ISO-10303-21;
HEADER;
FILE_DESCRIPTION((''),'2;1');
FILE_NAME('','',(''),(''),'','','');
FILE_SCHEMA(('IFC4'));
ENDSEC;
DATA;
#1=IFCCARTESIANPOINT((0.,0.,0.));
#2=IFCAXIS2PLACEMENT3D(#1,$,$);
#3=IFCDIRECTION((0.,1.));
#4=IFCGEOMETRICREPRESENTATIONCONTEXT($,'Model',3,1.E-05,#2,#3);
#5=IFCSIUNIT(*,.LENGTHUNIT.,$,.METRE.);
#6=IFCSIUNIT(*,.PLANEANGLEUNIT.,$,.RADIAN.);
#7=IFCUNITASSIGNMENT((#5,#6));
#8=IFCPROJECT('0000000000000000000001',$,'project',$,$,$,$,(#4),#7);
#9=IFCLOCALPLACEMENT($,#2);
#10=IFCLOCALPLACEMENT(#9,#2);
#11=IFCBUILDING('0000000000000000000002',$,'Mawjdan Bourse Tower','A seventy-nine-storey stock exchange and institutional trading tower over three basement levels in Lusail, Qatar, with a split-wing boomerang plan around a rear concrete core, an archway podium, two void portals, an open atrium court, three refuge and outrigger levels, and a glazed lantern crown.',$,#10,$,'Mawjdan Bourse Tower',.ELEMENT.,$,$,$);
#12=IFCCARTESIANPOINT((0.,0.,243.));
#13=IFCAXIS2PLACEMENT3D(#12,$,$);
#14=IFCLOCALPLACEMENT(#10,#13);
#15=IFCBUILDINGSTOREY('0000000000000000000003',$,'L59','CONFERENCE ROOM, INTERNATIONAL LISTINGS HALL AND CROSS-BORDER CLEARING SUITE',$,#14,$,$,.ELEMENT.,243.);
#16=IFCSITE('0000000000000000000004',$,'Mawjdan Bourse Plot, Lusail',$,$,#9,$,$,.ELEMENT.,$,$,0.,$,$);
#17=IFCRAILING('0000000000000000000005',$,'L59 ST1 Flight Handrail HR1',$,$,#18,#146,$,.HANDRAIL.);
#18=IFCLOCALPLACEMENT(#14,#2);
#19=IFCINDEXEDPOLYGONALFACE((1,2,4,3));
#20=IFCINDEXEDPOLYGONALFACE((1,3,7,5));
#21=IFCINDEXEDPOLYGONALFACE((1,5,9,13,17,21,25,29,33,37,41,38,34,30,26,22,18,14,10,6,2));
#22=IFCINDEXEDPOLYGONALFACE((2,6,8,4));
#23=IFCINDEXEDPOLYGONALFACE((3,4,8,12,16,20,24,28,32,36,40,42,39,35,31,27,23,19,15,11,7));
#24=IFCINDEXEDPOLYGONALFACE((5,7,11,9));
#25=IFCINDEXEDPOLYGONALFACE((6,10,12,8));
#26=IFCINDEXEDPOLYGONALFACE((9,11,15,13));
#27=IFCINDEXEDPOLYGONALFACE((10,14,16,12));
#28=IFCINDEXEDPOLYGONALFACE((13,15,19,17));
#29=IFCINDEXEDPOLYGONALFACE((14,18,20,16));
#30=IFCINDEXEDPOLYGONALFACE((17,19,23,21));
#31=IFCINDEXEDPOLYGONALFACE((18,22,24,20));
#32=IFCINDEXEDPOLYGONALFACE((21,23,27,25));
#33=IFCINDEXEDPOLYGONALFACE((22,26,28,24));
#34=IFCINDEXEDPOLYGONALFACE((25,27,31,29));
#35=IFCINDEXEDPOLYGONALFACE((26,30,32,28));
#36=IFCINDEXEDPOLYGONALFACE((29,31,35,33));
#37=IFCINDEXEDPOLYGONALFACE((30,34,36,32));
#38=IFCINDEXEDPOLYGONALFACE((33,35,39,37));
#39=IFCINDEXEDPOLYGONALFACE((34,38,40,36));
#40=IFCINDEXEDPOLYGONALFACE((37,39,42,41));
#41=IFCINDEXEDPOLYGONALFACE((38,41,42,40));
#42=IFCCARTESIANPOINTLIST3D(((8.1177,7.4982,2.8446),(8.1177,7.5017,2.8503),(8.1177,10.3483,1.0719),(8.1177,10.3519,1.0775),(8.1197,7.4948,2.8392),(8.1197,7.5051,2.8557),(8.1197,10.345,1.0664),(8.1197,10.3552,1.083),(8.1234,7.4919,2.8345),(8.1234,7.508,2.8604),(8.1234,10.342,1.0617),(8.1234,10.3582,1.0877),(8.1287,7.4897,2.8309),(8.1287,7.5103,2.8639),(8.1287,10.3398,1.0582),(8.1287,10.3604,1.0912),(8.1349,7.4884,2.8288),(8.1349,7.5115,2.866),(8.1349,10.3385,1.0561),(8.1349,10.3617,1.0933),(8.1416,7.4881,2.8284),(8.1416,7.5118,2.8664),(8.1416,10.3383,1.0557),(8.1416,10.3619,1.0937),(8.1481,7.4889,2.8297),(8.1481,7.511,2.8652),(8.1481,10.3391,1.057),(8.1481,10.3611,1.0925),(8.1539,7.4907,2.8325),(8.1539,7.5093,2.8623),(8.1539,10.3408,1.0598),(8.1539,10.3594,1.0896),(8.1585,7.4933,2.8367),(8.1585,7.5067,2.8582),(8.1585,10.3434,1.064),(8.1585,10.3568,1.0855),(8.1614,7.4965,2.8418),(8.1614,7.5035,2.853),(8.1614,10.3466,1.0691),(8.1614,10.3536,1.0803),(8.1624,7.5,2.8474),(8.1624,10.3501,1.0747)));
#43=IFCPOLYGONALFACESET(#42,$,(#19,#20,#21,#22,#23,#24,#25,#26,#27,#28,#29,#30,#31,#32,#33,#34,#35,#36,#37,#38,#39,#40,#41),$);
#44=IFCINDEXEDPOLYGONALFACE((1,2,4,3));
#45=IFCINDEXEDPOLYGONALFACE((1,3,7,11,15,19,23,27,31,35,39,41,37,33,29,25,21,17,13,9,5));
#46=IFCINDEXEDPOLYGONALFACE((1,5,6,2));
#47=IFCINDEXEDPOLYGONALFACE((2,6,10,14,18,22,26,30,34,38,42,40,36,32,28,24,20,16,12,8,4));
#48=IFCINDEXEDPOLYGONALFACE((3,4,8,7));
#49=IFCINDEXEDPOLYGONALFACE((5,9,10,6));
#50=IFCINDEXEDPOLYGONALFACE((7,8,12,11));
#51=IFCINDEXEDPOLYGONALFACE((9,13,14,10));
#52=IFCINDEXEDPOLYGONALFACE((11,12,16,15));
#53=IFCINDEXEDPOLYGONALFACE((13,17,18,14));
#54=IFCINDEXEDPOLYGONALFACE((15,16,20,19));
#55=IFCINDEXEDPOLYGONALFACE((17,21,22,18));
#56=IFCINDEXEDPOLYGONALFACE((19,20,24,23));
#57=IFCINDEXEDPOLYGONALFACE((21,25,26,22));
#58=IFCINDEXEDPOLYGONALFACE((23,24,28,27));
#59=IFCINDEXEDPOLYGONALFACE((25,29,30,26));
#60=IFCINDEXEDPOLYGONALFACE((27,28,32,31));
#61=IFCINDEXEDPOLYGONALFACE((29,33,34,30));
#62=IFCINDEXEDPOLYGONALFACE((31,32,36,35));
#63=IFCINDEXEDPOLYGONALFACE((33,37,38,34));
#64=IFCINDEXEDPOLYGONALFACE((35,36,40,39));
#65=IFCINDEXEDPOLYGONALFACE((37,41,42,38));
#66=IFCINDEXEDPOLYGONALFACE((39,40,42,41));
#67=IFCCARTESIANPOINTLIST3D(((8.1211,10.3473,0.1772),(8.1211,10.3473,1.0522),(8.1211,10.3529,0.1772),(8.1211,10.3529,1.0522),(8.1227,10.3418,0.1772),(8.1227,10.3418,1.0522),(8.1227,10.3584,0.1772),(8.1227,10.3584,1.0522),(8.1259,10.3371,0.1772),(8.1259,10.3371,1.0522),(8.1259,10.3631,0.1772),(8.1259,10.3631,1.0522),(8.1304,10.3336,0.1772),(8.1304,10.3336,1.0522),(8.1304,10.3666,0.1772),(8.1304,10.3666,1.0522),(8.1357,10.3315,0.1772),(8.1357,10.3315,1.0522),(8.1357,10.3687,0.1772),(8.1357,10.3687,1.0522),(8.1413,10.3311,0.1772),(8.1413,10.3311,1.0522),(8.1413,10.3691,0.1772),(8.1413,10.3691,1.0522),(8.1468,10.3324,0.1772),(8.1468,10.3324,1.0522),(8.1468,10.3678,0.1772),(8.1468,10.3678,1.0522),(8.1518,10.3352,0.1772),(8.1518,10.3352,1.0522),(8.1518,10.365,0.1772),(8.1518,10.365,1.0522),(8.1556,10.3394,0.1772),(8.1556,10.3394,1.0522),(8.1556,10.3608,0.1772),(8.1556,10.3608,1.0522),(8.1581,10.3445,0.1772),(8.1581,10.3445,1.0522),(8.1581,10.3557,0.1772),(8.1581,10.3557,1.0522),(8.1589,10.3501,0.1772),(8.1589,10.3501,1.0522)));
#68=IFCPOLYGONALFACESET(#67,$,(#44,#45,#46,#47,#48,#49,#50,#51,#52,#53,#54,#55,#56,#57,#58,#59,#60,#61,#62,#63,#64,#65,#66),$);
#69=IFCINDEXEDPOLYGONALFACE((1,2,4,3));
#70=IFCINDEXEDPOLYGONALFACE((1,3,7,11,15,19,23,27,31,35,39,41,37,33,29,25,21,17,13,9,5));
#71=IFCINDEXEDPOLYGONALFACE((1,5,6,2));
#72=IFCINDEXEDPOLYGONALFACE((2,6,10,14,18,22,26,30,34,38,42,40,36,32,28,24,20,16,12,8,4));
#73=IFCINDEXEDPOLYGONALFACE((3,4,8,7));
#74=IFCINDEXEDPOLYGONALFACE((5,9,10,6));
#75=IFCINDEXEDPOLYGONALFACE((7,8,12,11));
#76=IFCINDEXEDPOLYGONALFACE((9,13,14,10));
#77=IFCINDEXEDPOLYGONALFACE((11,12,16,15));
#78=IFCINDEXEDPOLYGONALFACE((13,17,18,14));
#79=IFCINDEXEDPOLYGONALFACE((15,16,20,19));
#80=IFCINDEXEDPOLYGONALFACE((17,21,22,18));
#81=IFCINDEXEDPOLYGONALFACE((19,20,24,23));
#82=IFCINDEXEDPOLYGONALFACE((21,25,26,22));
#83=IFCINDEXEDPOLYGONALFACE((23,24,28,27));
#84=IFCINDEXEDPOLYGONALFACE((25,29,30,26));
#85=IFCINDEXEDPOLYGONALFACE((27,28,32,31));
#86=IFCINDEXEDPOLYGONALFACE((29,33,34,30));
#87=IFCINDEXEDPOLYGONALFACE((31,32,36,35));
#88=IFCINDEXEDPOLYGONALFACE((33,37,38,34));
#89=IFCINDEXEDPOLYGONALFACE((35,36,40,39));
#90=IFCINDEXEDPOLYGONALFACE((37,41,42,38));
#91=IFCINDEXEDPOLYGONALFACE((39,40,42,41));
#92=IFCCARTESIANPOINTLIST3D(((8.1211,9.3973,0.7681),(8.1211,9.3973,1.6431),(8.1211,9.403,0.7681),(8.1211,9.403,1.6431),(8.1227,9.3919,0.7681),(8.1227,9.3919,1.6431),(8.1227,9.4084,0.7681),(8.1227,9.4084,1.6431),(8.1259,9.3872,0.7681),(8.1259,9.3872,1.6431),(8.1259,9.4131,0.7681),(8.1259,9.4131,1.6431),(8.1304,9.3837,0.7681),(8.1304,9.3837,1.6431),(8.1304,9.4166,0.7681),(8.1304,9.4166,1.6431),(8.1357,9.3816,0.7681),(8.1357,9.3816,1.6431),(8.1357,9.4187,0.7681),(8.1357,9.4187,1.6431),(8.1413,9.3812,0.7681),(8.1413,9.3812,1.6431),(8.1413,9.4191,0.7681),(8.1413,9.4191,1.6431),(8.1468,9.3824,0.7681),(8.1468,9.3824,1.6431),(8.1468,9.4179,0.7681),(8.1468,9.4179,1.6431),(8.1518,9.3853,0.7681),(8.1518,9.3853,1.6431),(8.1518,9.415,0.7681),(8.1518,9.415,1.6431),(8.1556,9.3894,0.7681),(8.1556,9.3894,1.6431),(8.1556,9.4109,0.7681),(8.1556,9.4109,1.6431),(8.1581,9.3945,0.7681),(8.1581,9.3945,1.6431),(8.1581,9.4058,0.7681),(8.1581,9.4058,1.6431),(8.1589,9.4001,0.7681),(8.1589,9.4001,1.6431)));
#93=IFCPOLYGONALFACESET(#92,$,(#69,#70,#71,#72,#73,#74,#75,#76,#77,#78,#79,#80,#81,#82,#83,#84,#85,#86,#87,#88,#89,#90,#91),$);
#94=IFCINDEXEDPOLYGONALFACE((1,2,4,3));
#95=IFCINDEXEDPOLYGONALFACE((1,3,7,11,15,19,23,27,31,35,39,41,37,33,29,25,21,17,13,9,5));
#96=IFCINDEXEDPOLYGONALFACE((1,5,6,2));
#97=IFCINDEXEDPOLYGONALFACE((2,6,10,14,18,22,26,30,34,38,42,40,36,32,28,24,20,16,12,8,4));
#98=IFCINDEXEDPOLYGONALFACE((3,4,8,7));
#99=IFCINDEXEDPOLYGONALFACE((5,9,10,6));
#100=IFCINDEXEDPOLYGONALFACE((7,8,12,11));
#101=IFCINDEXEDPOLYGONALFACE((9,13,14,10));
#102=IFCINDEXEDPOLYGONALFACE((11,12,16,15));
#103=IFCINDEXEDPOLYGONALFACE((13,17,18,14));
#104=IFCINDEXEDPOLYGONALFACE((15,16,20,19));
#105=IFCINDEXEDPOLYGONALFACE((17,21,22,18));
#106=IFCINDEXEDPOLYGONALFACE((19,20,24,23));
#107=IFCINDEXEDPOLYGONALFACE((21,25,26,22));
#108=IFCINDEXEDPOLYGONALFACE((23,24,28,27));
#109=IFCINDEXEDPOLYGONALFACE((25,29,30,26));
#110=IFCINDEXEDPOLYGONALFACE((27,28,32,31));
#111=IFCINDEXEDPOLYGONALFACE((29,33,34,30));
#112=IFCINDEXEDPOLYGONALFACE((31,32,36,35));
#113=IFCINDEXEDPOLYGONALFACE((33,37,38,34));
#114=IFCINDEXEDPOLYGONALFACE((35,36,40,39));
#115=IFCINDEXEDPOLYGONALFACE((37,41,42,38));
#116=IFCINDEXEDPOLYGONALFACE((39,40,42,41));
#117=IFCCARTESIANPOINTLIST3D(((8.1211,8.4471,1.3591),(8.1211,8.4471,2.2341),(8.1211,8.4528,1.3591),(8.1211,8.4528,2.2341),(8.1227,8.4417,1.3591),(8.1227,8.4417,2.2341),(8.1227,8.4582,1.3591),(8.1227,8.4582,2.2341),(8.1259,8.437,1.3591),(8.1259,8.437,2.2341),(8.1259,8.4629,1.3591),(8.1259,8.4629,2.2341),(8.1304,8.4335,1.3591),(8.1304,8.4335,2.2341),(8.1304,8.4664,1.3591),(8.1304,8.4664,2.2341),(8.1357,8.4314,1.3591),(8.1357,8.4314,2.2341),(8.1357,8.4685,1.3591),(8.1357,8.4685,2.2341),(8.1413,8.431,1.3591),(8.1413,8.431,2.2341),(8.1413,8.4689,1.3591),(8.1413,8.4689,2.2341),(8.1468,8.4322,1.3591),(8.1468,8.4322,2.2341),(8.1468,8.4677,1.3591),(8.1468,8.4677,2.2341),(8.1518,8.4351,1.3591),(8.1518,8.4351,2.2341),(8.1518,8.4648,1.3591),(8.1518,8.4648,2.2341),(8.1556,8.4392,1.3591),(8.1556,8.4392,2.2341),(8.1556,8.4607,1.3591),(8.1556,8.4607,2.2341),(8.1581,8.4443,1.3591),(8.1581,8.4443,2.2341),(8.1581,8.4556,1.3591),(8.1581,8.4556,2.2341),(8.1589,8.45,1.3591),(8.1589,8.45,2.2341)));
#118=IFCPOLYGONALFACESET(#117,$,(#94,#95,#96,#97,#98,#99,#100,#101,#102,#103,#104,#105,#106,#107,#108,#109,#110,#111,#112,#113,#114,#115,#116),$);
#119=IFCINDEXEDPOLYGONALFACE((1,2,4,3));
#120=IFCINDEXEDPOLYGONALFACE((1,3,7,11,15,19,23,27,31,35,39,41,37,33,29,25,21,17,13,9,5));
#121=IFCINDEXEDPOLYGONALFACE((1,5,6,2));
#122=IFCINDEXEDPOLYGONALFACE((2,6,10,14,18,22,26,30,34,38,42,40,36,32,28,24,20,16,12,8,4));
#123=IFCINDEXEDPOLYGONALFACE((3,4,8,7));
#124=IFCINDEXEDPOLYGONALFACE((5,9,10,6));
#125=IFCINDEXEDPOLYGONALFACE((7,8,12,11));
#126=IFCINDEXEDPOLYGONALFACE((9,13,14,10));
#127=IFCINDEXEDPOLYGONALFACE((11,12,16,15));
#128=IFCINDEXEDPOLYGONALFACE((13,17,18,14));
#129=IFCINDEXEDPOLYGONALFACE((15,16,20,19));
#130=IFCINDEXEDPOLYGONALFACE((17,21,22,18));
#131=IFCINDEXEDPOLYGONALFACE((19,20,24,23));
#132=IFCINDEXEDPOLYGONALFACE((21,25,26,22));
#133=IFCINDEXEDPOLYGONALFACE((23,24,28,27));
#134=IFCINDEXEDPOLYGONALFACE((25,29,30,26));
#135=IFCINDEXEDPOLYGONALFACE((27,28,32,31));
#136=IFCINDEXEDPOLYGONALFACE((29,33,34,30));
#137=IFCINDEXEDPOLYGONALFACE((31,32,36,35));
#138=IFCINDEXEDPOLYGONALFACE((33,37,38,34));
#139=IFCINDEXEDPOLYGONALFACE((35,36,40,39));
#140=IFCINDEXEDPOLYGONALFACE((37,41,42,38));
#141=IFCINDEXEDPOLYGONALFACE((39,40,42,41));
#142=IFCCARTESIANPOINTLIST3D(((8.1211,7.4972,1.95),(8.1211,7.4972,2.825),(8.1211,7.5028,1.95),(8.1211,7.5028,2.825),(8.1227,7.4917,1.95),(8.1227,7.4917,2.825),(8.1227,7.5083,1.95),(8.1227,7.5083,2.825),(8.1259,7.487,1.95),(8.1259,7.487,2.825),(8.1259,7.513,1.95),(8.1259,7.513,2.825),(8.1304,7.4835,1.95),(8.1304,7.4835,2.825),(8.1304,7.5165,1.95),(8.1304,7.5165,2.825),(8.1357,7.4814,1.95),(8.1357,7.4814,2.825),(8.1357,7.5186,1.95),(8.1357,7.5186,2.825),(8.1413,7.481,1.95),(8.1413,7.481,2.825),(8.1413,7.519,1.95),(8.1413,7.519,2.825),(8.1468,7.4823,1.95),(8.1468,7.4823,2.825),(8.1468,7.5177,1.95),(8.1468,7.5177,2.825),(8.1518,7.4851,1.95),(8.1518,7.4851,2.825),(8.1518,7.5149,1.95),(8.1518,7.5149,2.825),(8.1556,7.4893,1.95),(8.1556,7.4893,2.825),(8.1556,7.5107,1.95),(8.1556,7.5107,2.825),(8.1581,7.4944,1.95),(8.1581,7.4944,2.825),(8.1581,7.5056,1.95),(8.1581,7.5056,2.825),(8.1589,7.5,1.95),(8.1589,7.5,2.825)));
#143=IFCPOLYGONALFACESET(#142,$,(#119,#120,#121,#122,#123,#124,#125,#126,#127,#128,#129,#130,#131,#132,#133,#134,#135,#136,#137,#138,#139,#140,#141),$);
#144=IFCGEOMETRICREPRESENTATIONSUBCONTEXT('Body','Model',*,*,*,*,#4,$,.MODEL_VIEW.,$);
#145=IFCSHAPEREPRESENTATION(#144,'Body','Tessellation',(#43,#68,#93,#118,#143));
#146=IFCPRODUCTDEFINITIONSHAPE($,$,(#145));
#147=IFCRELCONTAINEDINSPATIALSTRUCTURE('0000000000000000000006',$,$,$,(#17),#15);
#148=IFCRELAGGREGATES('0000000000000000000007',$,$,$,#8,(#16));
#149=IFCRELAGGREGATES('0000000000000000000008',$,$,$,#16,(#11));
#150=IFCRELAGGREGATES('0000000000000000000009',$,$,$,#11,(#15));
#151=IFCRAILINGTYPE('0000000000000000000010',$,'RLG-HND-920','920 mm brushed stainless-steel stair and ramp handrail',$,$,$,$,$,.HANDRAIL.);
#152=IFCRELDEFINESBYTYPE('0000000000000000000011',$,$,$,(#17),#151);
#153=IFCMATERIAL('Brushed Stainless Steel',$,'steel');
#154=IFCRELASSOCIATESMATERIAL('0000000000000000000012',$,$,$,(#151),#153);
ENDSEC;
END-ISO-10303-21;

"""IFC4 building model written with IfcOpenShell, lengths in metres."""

from ifc_helpers import new_model, si_unit, direction, frame, origin, origin_2d, place, context, subcontext, project, spatial, circle, extrude, material, type_object, element, save


model = new_model("IFC4")

# Units and contexts
model_context = context("Model", 3, precision=1e-05, world=origin(), true_north=direction((0.0, 1.0)))
body_context = subcontext(model_context, "Body", "Model", "MODEL_VIEW")
ifc_project = project(units=[si_unit("LENGTHUNIT", "METRE"), si_unit("PLANEANGLEUNIT", "RADIAN")], contexts=[model_context])

# Site, building, storey
site_placement = place(None, origin())
site = spatial("IfcSite", under=ifc_project, at=site_placement, Name="Mawjdan Bourse Plot, Lusail", CompositionType="ELEMENT", RefElevation=0.0)
building_placement = place(site_placement, origin())
building = spatial("IfcBuilding", under=site, at=building_placement, Name="Mawjdan Bourse Tower", Description="A seventy-nine-storey stock exchange and institutional trading tower over three basement levels in Lusail, Qatar, with a split-wing boomerang plan around a rear concrete core, an archway podium, two void portals, an open atrium court, three refuge and outrigger levels, and a glazed lantern crown.", LongName="Mawjdan Bourse Tower", CompositionType="ELEMENT")
storey_placement = place(building_placement, frame((0.0, 0.0, 243.0)))
storey = spatial("IfcBuildingStorey", under=building, at=storey_placement, Name="L59", Description="CONFERENCE ROOM, INTERNATIONAL LISTINGS HALL AND CROSS-BORDER CLEARING SUITE", CompositionType="ELEMENT", Elevation=243.0)

# Shared definitions
ifc_material_1 = material(Name="Brushed Stainless Steel", Category="steel")

# Railing
railing_type_1 = type_object("IfcRailingType", Name="RLG-HND-920", Description="920 mm brushed stainless-steel stair and ramp handrail", PredefinedType="HANDRAIL", material=ifc_material_1)
railing_1_placement = place(storey_placement, frame((8.1399, 10.3501, 0.1772)))
element("IfcRailing", 1, at=railing_1_placement, inside=storey, type_object=railing_type_1, Name="L59 ST1 Flight Handrail HR1", PredefinedType="HANDRAIL", context=body_context, shape_type="SweptSolid", body=[
    extrude(circle(Radius=0.0225, at=origin_2d()), frame((0.0, 0.0, 0.8975), z_axis=(0.0, -0.849149, 0.528154), x_axis=(1.0, 0.0, 0.0)), (0.0, 0.0, 1.0), 3.3564),
    extrude(circle(Radius=0.019, at=origin_2d()), origin(), (0.0, 0.0, 1.0), 0.875),
    extrude(circle(Radius=0.019, at=origin_2d()), frame((0.0, -0.95, 0.5908)), (0.0, 0.0, 1.0), 0.875),
    extrude(circle(Radius=0.019, at=origin_2d()), frame((0.0, -1.9001, 1.1819)), (0.0, 0.0, 1.0), 0.875),
    extrude(circle(Radius=0.019, at=origin_2d()), frame((0.0, -2.8501, 1.7727)), (0.0, 0.0, 1.0), 0.875),
])

save(model, "model.ifc")
